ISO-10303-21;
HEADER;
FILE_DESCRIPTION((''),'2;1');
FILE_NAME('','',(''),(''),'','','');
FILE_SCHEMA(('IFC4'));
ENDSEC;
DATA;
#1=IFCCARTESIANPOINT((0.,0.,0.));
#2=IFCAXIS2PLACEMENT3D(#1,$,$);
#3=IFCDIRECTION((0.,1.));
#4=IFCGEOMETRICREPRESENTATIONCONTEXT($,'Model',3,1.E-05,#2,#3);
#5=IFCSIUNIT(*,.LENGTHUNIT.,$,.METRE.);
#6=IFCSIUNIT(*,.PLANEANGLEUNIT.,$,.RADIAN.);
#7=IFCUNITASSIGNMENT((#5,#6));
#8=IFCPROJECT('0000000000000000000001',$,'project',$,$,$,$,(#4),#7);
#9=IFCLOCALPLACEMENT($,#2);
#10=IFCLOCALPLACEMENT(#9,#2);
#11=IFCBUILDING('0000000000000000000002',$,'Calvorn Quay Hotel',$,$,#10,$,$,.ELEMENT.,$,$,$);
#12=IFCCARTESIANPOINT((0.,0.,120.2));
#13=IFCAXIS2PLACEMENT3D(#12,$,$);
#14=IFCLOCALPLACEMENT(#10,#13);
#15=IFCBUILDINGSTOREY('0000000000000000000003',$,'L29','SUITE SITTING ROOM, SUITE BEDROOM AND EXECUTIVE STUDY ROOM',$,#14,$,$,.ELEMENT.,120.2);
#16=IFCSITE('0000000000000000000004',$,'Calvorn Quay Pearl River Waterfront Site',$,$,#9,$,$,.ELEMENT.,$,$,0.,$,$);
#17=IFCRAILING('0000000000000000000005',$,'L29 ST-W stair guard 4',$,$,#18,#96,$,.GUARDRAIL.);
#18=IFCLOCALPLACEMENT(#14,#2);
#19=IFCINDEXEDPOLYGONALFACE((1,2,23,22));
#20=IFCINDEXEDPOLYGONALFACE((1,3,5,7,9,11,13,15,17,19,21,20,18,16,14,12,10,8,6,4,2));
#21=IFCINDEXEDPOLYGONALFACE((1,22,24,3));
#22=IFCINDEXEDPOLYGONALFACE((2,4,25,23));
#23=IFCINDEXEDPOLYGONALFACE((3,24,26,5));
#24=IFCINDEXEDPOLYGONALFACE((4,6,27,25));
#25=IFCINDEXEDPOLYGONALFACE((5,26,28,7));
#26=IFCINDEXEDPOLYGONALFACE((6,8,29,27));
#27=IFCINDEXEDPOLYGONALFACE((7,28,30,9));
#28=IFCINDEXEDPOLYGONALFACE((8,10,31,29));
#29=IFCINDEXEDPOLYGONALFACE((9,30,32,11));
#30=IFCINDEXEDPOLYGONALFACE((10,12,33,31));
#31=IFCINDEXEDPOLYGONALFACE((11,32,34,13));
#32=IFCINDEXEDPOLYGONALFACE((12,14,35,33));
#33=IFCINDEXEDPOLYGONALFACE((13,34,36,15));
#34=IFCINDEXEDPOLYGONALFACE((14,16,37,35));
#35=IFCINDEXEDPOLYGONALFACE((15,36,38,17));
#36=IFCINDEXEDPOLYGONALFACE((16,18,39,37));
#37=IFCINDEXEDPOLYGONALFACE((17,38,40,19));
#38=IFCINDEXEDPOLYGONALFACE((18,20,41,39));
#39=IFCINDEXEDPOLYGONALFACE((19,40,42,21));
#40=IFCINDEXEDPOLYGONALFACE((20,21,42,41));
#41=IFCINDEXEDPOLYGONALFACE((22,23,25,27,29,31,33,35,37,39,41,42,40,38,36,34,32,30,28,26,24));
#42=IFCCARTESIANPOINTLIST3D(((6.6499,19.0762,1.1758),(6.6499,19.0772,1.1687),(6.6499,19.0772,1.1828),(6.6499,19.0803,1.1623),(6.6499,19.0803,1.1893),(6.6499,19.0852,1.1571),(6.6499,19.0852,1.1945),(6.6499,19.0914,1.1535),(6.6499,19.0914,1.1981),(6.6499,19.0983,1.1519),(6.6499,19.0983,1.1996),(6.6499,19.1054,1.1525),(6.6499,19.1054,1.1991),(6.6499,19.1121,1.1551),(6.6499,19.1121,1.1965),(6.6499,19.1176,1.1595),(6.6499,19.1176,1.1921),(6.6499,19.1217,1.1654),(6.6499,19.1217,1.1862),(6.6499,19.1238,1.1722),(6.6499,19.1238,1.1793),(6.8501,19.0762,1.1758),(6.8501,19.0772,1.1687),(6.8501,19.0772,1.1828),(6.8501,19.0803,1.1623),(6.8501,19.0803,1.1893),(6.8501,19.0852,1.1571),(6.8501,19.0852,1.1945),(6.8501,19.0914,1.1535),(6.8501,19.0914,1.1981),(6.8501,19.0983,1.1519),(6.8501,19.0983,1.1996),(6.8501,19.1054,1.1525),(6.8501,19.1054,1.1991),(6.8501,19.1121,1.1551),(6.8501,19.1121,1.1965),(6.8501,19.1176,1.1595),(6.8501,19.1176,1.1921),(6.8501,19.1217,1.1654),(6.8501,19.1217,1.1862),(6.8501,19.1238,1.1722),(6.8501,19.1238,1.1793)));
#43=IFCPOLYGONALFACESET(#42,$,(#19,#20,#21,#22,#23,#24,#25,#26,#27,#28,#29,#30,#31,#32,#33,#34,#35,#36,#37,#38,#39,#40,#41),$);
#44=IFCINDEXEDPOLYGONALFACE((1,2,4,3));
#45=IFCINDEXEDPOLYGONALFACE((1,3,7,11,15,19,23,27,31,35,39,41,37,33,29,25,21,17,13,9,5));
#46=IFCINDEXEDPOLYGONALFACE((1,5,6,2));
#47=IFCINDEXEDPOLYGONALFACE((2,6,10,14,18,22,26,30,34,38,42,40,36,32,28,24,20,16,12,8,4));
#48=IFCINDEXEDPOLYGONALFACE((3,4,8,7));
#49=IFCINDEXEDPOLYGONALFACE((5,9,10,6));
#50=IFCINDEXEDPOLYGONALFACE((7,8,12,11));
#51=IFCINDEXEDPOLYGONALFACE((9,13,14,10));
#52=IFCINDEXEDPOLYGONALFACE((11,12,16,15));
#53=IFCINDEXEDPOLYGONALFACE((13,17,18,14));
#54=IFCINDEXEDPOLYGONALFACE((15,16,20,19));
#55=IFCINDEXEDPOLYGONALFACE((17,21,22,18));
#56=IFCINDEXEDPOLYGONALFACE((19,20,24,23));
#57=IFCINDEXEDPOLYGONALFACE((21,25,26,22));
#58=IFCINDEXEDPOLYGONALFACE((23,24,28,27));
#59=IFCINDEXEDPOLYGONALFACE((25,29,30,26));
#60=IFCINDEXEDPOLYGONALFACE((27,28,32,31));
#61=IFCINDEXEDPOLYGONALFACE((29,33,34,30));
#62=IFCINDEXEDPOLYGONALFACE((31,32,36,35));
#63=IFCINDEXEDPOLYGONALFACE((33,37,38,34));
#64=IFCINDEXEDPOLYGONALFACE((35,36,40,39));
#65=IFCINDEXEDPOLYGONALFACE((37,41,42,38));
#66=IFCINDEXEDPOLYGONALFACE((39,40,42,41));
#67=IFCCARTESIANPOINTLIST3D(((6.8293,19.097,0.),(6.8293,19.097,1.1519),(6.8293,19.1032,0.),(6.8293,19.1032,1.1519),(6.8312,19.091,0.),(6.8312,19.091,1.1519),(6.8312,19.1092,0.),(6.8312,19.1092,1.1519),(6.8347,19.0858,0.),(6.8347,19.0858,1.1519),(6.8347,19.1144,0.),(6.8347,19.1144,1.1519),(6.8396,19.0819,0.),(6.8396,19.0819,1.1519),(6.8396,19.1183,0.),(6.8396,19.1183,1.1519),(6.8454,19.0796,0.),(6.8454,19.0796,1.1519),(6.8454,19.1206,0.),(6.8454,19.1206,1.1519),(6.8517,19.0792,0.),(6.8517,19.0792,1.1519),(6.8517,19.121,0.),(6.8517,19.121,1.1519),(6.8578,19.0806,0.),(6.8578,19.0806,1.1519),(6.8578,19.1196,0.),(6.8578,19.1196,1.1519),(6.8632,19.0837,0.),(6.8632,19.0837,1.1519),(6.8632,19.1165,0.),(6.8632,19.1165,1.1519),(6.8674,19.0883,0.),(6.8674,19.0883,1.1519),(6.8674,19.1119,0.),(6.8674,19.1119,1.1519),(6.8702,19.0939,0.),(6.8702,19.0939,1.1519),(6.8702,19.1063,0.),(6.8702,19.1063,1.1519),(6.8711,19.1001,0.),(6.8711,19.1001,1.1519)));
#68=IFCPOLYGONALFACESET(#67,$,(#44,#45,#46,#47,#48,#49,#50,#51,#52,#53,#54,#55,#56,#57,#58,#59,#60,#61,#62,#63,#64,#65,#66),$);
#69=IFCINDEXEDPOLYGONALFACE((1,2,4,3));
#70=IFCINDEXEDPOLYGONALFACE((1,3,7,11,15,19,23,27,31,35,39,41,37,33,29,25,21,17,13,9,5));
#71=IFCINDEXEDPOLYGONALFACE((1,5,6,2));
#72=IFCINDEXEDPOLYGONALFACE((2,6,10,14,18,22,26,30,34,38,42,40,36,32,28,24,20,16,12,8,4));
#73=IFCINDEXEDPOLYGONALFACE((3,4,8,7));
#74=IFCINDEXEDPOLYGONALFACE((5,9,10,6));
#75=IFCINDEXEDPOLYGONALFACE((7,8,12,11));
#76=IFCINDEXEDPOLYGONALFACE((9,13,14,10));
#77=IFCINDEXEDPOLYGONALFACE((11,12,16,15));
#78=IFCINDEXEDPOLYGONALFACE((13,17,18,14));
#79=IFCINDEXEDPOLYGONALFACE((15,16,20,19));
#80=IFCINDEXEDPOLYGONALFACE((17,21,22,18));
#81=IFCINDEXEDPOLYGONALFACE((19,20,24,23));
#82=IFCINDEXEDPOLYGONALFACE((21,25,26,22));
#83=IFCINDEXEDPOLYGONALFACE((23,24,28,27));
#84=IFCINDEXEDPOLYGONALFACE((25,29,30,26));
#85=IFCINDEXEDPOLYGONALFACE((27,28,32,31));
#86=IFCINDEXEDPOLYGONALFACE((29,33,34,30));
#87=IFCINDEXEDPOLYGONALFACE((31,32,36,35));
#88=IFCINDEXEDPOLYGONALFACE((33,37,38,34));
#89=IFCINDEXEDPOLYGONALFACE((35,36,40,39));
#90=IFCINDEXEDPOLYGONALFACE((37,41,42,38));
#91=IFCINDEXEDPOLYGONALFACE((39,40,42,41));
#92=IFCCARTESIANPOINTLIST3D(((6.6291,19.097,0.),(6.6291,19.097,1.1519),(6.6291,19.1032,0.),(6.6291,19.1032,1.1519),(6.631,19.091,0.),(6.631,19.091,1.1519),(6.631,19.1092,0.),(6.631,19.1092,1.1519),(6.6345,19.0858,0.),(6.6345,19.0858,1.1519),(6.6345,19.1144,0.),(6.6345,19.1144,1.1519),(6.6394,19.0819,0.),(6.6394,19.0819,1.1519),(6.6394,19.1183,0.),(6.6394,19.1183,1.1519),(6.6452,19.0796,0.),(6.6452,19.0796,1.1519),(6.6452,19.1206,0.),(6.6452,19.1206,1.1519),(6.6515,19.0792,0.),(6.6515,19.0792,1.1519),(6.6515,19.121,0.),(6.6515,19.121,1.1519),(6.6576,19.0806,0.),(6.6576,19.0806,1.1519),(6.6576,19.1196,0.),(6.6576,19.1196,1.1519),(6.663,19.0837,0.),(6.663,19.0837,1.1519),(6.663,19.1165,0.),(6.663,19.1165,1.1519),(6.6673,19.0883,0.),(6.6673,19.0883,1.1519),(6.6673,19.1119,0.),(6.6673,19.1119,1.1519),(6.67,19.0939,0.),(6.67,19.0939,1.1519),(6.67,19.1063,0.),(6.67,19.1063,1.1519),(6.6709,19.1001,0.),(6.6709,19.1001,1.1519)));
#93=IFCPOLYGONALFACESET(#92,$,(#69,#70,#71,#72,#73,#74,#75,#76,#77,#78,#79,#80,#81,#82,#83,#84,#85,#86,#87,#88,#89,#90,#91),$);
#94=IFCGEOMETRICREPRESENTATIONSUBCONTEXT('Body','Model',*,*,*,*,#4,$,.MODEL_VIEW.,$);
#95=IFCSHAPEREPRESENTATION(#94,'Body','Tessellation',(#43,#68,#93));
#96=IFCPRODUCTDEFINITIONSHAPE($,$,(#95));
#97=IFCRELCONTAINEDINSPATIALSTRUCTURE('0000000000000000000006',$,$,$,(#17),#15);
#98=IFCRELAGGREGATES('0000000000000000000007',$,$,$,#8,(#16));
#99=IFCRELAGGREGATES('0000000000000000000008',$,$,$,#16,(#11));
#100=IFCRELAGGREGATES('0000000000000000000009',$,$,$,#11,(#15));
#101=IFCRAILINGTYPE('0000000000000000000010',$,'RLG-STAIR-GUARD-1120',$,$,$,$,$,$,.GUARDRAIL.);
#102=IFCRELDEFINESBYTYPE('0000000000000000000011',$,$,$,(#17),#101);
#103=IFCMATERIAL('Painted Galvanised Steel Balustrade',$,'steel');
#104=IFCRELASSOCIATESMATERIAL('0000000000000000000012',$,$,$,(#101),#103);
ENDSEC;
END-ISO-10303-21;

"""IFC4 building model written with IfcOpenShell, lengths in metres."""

from ifc_helpers import new_model, si_unit, direction, frame, origin, origin_2d, place, context, subcontext, project, spatial, circle, extrude, material, type_object, element, save


model = new_model("IFC4")

# Units and contexts
model_context = context("Model", 3, precision=1e-05, world=origin(), true_north=direction((0.0, 1.0)))
body_context = subcontext(model_context, "Body", "Model", "MODEL_VIEW")
ifc_project = project(units=[si_unit("LENGTHUNIT", "METRE"), si_unit("PLANEANGLEUNIT", "RADIAN")], contexts=[model_context])

# Site, building, storey
site_placement = place(None, origin())
site = spatial("IfcSite", under=ifc_project, at=site_placement, Name="Calvorn Quay Pearl River Waterfront Site", CompositionType="ELEMENT", RefElevation=0.0)
building_placement = place(site_placement, origin())
building = spatial("IfcBuilding", under=site, at=building_placement, Name="Calvorn Quay Hotel", CompositionType="ELEMENT")
storey_placement = place(building_placement, frame((0.0, 0.0, 120.2)))
storey = spatial("IfcBuildingStorey", under=building, at=storey_placement, Name="L29", Description="SUITE SITTING ROOM, SUITE BEDROOM AND EXECUTIVE STUDY ROOM", CompositionType="ELEMENT", Elevation=120.2)

# Railing
ifc_material_1 = material(Name="Painted Galvanised Steel Balustrade", Category="steel")
railing_type_1 = type_object("IfcRailingType", Name="RLG-STAIR-GUARD-1120", PredefinedType="GUARDRAIL", material=ifc_material_1)
railing_1_placement = place(storey_placement, frame((6.8501, 19.1001, 0.0)))
element("IfcRailing", 1, at=railing_1_placement, inside=storey, type_object=railing_type_1, Name="L29 ST-W stair guard 4", PredefinedType="GUARDRAIL", context=body_context, shape_type="SweptSolid", body=[
    extrude(circle(Radius=0.0239, at=origin_2d()), frame((0.0, 0.0, 1.1758), z_axis=(-1.0, 0.0, 0.0), x_axis=(0.0, -1.0, 0.0)), (0.0, 0.0, 1.0), 0.2002),
    extrude(circle(Radius=0.021, at=origin_2d()), origin(), (0.0, 0.0, 1.0), 1.1519),
    extrude(circle(Radius=0.021, at=origin_2d()), frame((-0.2002, 0.0, 0.0)), (0.0, 0.0, 1.0), 1.1519),
])

save(model, "model.ifc")
